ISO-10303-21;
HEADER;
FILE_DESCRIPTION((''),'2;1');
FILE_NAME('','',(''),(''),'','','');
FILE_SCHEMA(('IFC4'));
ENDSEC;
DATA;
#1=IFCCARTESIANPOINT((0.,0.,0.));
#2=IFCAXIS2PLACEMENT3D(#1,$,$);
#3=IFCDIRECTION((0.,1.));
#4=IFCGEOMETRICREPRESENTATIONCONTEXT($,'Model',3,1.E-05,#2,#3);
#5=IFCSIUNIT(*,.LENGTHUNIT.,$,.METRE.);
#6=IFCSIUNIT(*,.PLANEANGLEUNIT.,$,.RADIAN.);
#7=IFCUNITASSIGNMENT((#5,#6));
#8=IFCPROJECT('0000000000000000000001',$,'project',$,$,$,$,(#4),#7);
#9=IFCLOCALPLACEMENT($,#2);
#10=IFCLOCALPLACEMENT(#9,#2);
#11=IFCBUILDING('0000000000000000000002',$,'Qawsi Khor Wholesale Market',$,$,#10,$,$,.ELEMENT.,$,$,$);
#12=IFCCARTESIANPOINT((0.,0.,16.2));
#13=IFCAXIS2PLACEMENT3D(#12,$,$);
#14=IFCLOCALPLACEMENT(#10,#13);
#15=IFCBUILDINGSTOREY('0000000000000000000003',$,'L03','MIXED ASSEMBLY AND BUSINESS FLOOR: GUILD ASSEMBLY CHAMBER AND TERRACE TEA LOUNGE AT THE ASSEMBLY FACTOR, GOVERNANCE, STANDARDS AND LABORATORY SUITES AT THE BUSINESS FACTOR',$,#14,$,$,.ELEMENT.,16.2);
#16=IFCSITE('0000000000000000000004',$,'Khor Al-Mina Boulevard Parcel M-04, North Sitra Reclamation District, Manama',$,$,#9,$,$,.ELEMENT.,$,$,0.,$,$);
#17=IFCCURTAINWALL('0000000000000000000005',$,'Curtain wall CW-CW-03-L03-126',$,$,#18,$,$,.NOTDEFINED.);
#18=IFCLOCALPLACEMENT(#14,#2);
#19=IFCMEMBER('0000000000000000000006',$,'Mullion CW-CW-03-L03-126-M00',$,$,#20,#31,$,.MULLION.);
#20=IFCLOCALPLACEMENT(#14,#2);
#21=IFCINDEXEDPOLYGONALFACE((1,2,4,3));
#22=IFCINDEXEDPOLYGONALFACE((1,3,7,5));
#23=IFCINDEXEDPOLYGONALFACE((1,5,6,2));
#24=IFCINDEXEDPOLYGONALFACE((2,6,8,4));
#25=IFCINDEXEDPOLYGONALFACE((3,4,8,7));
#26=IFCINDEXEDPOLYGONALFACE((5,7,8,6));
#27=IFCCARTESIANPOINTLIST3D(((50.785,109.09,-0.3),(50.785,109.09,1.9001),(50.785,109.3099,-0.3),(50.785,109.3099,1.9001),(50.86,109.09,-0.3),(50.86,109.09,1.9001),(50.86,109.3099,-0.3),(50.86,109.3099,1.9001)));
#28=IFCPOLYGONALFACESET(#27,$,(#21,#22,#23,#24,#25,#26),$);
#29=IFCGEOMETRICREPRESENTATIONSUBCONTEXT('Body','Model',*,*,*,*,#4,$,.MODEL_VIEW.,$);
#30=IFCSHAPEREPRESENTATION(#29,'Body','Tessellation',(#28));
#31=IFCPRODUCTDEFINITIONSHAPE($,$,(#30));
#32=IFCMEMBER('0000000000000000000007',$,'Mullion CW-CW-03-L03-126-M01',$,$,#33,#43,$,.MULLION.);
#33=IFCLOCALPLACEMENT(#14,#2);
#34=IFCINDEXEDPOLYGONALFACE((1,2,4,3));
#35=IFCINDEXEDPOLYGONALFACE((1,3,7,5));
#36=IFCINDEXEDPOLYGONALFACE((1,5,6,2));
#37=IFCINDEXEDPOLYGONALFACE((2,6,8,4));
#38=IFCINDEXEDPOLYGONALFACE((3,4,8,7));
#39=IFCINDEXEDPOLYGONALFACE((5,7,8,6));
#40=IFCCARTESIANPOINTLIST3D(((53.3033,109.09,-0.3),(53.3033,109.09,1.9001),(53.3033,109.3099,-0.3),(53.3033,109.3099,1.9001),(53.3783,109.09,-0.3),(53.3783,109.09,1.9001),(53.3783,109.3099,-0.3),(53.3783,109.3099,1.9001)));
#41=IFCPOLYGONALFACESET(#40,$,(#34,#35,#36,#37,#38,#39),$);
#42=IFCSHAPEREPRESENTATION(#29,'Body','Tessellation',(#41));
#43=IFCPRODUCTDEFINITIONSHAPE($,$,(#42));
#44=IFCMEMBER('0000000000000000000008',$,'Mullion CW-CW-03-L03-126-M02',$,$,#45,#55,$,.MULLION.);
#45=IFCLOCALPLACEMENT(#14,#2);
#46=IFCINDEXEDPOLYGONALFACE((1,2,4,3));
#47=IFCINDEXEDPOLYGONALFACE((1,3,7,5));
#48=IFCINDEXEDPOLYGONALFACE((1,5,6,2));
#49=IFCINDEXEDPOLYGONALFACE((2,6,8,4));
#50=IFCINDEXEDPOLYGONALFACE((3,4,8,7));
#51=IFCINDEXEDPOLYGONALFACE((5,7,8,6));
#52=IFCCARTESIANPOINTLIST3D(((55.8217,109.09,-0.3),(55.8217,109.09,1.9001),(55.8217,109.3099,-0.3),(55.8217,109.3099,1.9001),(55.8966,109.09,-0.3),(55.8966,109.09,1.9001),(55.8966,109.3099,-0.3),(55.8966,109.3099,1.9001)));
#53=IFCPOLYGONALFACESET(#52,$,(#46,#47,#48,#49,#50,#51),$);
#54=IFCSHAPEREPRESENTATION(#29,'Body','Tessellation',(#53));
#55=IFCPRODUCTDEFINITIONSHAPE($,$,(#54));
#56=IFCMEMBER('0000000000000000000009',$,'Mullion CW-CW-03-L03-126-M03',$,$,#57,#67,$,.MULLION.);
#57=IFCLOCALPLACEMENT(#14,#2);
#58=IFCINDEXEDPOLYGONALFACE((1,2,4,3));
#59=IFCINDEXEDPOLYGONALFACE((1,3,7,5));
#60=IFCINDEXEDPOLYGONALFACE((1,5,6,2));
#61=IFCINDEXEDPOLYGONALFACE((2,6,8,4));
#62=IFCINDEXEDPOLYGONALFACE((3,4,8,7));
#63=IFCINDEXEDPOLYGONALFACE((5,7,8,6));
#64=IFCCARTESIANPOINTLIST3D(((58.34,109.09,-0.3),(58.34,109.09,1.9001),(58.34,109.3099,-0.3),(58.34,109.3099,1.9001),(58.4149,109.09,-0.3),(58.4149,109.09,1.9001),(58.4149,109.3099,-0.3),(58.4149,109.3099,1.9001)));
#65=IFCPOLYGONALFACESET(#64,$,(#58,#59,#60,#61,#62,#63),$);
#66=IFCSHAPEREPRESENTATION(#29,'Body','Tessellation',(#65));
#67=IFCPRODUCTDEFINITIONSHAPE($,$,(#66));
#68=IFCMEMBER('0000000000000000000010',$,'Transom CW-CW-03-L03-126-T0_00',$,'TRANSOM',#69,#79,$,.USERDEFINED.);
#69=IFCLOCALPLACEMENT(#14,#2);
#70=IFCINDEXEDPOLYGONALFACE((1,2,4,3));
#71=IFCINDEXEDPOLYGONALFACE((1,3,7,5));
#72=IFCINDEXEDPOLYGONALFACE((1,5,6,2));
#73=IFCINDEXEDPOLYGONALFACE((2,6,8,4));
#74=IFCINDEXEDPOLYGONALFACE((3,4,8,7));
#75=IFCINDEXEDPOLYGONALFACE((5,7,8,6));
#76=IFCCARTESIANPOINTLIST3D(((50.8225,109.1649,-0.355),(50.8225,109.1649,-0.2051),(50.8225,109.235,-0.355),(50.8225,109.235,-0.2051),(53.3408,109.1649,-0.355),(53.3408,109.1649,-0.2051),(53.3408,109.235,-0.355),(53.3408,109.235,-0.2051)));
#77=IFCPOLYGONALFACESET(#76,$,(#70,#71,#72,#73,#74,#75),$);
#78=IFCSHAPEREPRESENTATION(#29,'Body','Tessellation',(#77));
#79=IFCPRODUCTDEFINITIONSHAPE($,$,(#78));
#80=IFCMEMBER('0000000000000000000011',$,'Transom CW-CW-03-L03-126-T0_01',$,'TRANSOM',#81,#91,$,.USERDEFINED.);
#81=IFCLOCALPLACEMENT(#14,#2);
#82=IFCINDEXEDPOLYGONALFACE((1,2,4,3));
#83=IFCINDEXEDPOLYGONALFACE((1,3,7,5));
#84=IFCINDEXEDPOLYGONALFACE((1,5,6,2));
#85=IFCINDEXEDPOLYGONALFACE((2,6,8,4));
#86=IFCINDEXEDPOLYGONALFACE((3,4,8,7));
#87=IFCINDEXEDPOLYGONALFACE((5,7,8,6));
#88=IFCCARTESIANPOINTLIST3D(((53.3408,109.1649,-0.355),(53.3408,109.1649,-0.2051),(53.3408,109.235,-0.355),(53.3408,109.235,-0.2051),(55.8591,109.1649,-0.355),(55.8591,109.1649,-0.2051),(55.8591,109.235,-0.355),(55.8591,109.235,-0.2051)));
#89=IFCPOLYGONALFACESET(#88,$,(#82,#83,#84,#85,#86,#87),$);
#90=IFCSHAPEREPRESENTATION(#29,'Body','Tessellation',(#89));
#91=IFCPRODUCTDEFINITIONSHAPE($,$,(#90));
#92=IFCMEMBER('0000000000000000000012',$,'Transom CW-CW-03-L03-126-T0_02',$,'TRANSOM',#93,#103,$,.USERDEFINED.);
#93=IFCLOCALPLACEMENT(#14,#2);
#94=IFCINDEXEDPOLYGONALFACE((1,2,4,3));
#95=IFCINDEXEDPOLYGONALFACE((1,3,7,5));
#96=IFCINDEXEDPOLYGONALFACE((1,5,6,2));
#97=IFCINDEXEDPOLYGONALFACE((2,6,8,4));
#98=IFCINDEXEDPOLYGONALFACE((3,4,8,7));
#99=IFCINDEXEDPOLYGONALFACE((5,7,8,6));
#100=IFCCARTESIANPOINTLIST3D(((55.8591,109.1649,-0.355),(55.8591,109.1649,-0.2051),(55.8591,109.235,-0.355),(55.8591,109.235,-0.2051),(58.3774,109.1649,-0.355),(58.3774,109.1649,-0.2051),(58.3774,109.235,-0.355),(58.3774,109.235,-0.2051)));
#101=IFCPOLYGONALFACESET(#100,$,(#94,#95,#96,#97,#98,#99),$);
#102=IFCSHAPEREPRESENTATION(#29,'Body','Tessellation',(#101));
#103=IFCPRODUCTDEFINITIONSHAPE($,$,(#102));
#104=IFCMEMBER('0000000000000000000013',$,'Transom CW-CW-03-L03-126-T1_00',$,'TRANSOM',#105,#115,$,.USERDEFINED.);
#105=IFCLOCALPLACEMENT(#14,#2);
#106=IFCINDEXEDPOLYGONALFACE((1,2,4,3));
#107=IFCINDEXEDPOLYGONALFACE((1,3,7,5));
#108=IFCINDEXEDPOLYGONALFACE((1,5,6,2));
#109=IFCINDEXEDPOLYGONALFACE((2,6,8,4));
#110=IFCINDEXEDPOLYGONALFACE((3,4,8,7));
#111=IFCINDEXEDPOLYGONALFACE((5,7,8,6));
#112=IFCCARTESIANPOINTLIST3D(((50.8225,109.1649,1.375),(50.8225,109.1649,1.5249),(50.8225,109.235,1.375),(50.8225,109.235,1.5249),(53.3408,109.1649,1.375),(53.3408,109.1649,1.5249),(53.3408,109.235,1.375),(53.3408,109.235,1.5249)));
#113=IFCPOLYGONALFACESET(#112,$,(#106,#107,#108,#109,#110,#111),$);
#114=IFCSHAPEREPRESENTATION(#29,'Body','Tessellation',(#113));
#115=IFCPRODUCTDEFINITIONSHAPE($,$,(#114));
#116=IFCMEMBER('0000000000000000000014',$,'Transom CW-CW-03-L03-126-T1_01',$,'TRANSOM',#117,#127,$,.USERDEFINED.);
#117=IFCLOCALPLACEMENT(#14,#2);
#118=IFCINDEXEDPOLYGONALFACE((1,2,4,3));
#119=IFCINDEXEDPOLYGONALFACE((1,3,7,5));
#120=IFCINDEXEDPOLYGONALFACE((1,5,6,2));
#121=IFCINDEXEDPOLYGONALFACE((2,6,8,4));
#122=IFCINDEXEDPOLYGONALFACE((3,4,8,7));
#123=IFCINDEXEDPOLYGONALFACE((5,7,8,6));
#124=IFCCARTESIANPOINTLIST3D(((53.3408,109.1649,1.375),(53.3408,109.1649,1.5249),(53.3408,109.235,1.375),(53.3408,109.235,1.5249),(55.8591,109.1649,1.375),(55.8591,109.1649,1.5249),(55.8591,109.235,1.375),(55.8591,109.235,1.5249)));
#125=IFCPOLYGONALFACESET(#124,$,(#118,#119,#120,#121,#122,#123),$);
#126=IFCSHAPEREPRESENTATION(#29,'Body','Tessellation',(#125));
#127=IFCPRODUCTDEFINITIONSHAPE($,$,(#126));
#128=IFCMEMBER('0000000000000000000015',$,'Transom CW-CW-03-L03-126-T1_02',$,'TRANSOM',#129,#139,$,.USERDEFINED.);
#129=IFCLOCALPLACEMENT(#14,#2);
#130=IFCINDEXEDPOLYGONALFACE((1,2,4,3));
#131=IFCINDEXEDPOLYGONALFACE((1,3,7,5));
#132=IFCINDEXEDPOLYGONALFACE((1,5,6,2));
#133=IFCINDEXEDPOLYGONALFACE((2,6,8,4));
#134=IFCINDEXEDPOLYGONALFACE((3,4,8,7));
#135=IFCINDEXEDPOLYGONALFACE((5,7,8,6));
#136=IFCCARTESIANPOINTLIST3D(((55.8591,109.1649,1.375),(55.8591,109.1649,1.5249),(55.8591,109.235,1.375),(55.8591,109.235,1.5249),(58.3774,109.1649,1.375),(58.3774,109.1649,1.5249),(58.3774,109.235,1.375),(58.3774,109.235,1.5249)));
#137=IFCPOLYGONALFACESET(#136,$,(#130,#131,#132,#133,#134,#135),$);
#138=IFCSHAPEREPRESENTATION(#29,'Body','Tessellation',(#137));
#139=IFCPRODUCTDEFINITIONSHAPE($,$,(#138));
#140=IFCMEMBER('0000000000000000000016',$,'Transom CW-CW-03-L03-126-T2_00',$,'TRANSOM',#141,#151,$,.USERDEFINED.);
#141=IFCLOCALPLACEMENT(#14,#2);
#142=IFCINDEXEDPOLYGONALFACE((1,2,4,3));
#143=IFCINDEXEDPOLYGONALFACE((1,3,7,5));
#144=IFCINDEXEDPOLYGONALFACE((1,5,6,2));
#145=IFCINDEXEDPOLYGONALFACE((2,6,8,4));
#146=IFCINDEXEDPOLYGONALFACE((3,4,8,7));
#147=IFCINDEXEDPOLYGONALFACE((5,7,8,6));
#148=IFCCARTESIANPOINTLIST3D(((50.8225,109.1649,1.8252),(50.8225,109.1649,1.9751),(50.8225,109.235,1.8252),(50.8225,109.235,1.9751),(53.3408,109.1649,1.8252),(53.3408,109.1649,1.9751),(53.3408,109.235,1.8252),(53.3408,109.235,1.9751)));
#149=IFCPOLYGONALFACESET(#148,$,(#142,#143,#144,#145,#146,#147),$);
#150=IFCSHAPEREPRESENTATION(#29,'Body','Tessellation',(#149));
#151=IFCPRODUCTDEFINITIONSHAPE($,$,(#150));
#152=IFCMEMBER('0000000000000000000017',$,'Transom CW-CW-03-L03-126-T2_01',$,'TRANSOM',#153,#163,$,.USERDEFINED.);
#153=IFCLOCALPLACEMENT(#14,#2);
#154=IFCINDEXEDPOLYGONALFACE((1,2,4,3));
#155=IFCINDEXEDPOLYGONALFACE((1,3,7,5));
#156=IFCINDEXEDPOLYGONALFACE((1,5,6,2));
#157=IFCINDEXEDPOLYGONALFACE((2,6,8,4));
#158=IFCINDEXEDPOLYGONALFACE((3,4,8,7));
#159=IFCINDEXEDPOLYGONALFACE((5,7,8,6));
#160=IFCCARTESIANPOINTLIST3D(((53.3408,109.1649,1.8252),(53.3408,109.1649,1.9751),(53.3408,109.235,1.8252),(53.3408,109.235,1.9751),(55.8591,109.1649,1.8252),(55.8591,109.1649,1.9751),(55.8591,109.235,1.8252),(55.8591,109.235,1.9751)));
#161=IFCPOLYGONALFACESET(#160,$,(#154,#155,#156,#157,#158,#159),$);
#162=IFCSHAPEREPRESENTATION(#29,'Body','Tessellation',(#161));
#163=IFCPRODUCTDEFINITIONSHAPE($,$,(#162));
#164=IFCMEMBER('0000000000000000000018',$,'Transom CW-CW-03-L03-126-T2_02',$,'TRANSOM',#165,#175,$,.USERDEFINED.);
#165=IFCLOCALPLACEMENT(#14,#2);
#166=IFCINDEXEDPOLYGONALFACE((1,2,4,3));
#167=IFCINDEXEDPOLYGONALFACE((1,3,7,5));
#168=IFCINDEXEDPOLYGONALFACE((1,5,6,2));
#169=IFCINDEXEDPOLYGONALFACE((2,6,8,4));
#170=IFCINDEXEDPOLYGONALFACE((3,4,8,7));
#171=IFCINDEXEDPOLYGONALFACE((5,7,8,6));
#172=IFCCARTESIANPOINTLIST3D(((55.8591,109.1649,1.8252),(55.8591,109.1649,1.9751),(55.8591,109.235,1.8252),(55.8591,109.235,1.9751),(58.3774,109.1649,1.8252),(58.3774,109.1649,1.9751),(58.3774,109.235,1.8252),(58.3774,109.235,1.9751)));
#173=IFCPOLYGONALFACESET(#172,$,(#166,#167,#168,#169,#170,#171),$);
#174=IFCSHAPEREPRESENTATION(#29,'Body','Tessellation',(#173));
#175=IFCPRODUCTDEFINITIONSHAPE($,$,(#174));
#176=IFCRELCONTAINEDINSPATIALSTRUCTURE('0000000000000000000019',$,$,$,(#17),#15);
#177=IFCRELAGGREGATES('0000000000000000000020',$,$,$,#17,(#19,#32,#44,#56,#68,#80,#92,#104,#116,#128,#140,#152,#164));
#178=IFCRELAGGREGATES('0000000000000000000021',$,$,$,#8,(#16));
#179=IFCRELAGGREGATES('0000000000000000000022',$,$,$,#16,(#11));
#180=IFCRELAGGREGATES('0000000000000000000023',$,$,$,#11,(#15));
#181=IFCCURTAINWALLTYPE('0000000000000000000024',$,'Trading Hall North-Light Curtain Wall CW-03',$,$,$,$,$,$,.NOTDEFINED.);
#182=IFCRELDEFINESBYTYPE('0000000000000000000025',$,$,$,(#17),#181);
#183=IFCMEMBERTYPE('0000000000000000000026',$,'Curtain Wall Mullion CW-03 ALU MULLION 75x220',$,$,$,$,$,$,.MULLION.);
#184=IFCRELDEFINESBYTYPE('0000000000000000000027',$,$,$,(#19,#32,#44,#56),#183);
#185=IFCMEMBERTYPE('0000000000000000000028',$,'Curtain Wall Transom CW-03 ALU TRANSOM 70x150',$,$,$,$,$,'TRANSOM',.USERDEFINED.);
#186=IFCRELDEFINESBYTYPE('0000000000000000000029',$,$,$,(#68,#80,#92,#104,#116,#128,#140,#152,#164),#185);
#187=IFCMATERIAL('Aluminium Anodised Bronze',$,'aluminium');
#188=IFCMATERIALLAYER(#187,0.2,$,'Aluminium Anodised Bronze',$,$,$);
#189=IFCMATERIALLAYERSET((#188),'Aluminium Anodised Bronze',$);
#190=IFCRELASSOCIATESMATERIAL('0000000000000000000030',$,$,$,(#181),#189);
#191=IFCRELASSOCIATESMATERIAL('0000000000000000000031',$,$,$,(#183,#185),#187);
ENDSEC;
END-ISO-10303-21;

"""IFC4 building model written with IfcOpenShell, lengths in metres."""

from ifc_helpers import new_model, si_unit, direction, frame, origin, origin_2d, place, context, subcontext, project, spatial, rectangle, extrude, material, layer, layer_set, material_profile, profile_set, type_object, element, aggregate, save


model = new_model("IFC4")

# Units and contexts
model_context = context("Model", 3, precision=1e-05, world=origin(), true_north=direction((0.0, 1.0)))
body_context = subcontext(model_context, "Body", "Model", "MODEL_VIEW")
ifc_project = project(units=[si_unit("LENGTHUNIT", "METRE"), si_unit("PLANEANGLEUNIT", "RADIAN")], contexts=[model_context])

# Site, building, storey
site_placement = place(None, origin())
site = spatial("IfcSite", under=ifc_project, at=site_placement, Name="Khor Al-Mina Boulevard Parcel M-04, North Sitra Reclamation District, Manama", CompositionType="ELEMENT", RefElevation=0.0)
building_placement = place(site_placement, origin())
building = spatial("IfcBuilding", under=site, at=building_placement, Name="Qawsi Khor Wholesale Market", CompositionType="ELEMENT")
storey_placement = place(building_placement, frame((0.0, 0.0, 16.2)))
storey = spatial("IfcBuildingStorey", under=building, at=storey_placement, Name="L03", Description="MIXED ASSEMBLY AND BUSINESS FLOOR: GUILD ASSEMBLY CHAMBER AND TERRACE TEA LOUNGE AT THE ASSEMBLY FACTOR, GOVERNANCE, STANDARDS AND LABORATORY SUITES AT THE BUSINESS FACTOR", CompositionType="ELEMENT", Elevation=16.2)

# Curtain wall, members
ifc_material_1 = material(Name="Aluminium Anodised Bronze", Category="aluminium")
ifc_layer_1 = layer(ifc_material_1, 0.2, Name="Aluminium Anodised Bronze")
ifc_layer_set_1 = layer_set([ifc_layer_1], Name="Aluminium Anodised Bronze")
curtain_wall_type = type_object("IfcCurtainWallType", Name="Trading Hall North-Light Curtain Wall CW-03", PredefinedType="NOTDEFINED", material=ifc_layer_set_1)
curtain_wall_placement = place(storey_placement, origin())
curtain_wall = element("IfcCurtainWall", 1, at=curtain_wall_placement, inside=storey, type_object=curtain_wall_type, Name="Curtain wall CW-CW-03-L03-126", PredefinedType="NOTDEFINED")
ifc_material_profile_1 = material_profile(ifc_material_1, rectangle(XDim=0.075, YDim=0.22, at=origin_2d()), Name="ALU MULLION 75x220")
ifc_profile_set_1 = profile_set([ifc_material_profile_1], Name="Aluminium Anodised Bronze")
member_type_1 = type_object("IfcMemberType", Name="Curtain Wall Mullion CW-03 ALU MULLION 75x220", PredefinedType="MULLION", material=ifc_profile_set_1)
member_1_placement = place(storey_placement, frame((50.8225, 109.2, -0.3), z_axis=(0.0, 0.0, 1.0), x_axis=(1.0, 0.0, 0.0)))
member_1 = element("IfcMember", 2, at=member_1_placement, type_object=member_type_1, Name="Mullion CW-CW-03-L03-126-M00", PredefinedType="MULLION", context=body_context, shape_type="SweptSolid", body=[
    extrude(rectangle(XDim=0.075, YDim=0.22, at=origin_2d()), origin(), (0.0, 0.0, 1.0), 2.2002),
])
member_2_placement = place(storey_placement, frame((53.3408, 109.2, -0.3), z_axis=(0.0, 0.0, 1.0), x_axis=(1.0, 0.0, 0.0)))
member_2 = element("IfcMember", 3, at=member_2_placement, type_object=member_type_1, Name="Mullion CW-CW-03-L03-126-M01", PredefinedType="MULLION", context=body_context, shape_type="SweptSolid", body=[
    extrude(rectangle(XDim=0.075, YDim=0.22, at=origin_2d()), origin(), (0.0, 0.0, 1.0), 2.2002),
])
member_3_placement = place(storey_placement, frame((55.8591, 109.2, -0.3), z_axis=(0.0, 0.0, 1.0), x_axis=(1.0, 0.0, 0.0)))
member_3 = element("IfcMember", 4, at=member_3_placement, type_object=member_type_1, Name="Mullion CW-CW-03-L03-126-M02", PredefinedType="MULLION", context=body_context, shape_type="SweptSolid", body=[
    extrude(rectangle(XDim=0.075, YDim=0.22, at=origin_2d()), origin(), (0.0, 0.0, 1.0), 2.2002),
])
member_4_placement = place(storey_placement, frame((58.3774, 109.2, -0.3), z_axis=(0.0, 0.0, 1.0), x_axis=(1.0, 0.0, 0.0)))
member_4 = element("IfcMember", 5, at=member_4_placement, type_object=member_type_1, Name="Mullion CW-CW-03-L03-126-M03", PredefinedType="MULLION", context=body_context, shape_type="SweptSolid", body=[
    extrude(rectangle(XDim=0.075, YDim=0.22, at=origin_2d()), origin(), (0.0, 0.0, 1.0), 2.2002),
])
ifc_material_profile_2 = material_profile(ifc_material_1, rectangle(XDim=0.0701, YDim=0.1499, at=origin_2d()), Name="ALU TRANSOM 70x150")
ifc_profile_set_2 = profile_set([ifc_material_profile_2], Name="Aluminium Anodised Bronze")
member_type_2 = type_object("IfcMemberType", Name="Curtain Wall Transom CW-03 ALU TRANSOM 70x150", ElementType="TRANSOM", PredefinedType="USERDEFINED", material=ifc_profile_set_2)
member_5_placement = place(storey_placement, frame((50.8225, 109.2, -0.28), z_axis=(1.0, 0.0, 0.0), x_axis=(0.0, 1.0, 0.0)))
member_5 = element("IfcMember", 6, at=member_5_placement, type_object=member_type_2, Name="Transom CW-CW-03-L03-126-T0_00", ObjectType="TRANSOM", PredefinedType="USERDEFINED", context=body_context, shape_type="SweptSolid", body=[
    extrude(rectangle(XDim=0.0701, YDim=0.1499, at=origin_2d()), origin(), (0.0, 0.0, 1.0), 2.5183),
])
member_6_placement = place(storey_placement, frame((53.3408, 109.2, -0.28), z_axis=(1.0, 0.0, 0.0), x_axis=(0.0, 1.0, 0.0)))
member_6 = element("IfcMember", 7, at=member_6_placement, type_object=member_type_2, Name="Transom CW-CW-03-L03-126-T0_01", ObjectType="TRANSOM", PredefinedType="USERDEFINED", context=body_context, shape_type="SweptSolid", body=[
    extrude(rectangle(XDim=0.0701, YDim=0.1499, at=origin_2d()), origin(), (0.0, 0.0, 1.0), 2.5183),
])
member_7_placement = place(storey_placement, frame((55.8591, 109.2, -0.28), z_axis=(1.0, 0.0, 0.0), x_axis=(0.0, 1.0, 0.0)))
member_7 = element("IfcMember", 8, at=member_7_placement, type_object=member_type_2, Name="Transom CW-CW-03-L03-126-T0_02", ObjectType="TRANSOM", PredefinedType="USERDEFINED", context=body_context, shape_type="SweptSolid", body=[
    extrude(rectangle(XDim=0.0701, YDim=0.1499, at=origin_2d()), origin(), (0.0, 0.0, 1.0), 2.5183),
])
member_8_placement = place(storey_placement, frame((50.8225, 109.2, 1.45), z_axis=(1.0, 0.0, 0.0), x_axis=(0.0, 1.0, 0.0)))
member_8 = element("IfcMember", 9, at=member_8_placement, type_object=member_type_2, Name="Transom CW-CW-03-L03-126-T1_00", ObjectType="TRANSOM", PredefinedType="USERDEFINED", context=body_context, shape_type="SweptSolid", body=[
    extrude(rectangle(XDim=0.0701, YDim=0.1499, at=origin_2d()), origin(), (0.0, 0.0, 1.0), 2.5183),
])
member_9_placement = place(storey_placement, frame((53.3408, 109.2, 1.45), z_axis=(1.0, 0.0, 0.0), x_axis=(0.0, 1.0, 0.0)))
member_9 = element("IfcMember", 10, at=member_9_placement, type_object=member_type_2, Name="Transom CW-CW-03-L03-126-T1_01", ObjectType="TRANSOM", PredefinedType="USERDEFINED", context=body_context, shape_type="SweptSolid", body=[
    extrude(rectangle(XDim=0.0701, YDim=0.1499, at=origin_2d()), origin(), (0.0, 0.0, 1.0), 2.5183),
])
member_10_placement = place(storey_placement, frame((55.8591, 109.2, 1.45), z_axis=(1.0, 0.0, 0.0), x_axis=(0.0, 1.0, 0.0)))
member_10 = element("IfcMember", 11, at=member_10_placement, type_object=member_type_2, Name="Transom CW-CW-03-L03-126-T1_02", ObjectType="TRANSOM", PredefinedType="USERDEFINED", context=body_context, shape_type="SweptSolid", body=[
    extrude(rectangle(XDim=0.0701, YDim=0.1499, at=origin_2d()), origin(), (0.0, 0.0, 1.0), 2.5183),
])
member_11_placement = place(storey_placement, frame((50.8225, 109.2, 1.9001), z_axis=(1.0, 0.0, 0.0), x_axis=(0.0, 1.0, 0.0)))
member_11 = element("IfcMember", 12, at=member_11_placement, type_object=member_type_2, Name="Transom CW-CW-03-L03-126-T2_00", ObjectType="TRANSOM", PredefinedType="USERDEFINED", context=body_context, shape_type="SweptSolid", body=[
    extrude(rectangle(XDim=0.0701, YDim=0.1499, at=origin_2d()), origin(), (0.0, 0.0, 1.0), 2.5183),
])
member_12_placement = place(storey_placement, frame((53.3408, 109.2, 1.9001), z_axis=(1.0, 0.0, 0.0), x_axis=(0.0, 1.0, 0.0)))
member_12 = element("IfcMember", 13, at=member_12_placement, type_object=member_type_2, Name="Transom CW-CW-03-L03-126-T2_01", ObjectType="TRANSOM", PredefinedType="USERDEFINED", context=body_context, shape_type="SweptSolid", body=[
    extrude(rectangle(XDim=0.0701, YDim=0.1499, at=origin_2d()), origin(), (0.0, 0.0, 1.0), 2.5183),
])
member_13_placement = place(storey_placement, frame((55.8591, 109.2, 1.9001), z_axis=(1.0, 0.0, 0.0), x_axis=(0.0, 1.0, 0.0)))
member_13 = element("IfcMember", 14, at=member_13_placement, type_object=member_type_2, Name="Transom CW-CW-03-L03-126-T2_02", ObjectType="TRANSOM", PredefinedType="USERDEFINED", context=body_context, shape_type="SweptSolid", body=[
    extrude(rectangle(XDim=0.0701, YDim=0.1499, at=origin_2d()), origin(), (0.0, 0.0, 1.0), 2.5183),
])

aggregate(curtain_wall, [member_1, member_2, member_3, member_4, member_5, member_6, member_7, member_8, member_9, member_10, member_11, member_12, member_13])

save(model, "model.ifc")
